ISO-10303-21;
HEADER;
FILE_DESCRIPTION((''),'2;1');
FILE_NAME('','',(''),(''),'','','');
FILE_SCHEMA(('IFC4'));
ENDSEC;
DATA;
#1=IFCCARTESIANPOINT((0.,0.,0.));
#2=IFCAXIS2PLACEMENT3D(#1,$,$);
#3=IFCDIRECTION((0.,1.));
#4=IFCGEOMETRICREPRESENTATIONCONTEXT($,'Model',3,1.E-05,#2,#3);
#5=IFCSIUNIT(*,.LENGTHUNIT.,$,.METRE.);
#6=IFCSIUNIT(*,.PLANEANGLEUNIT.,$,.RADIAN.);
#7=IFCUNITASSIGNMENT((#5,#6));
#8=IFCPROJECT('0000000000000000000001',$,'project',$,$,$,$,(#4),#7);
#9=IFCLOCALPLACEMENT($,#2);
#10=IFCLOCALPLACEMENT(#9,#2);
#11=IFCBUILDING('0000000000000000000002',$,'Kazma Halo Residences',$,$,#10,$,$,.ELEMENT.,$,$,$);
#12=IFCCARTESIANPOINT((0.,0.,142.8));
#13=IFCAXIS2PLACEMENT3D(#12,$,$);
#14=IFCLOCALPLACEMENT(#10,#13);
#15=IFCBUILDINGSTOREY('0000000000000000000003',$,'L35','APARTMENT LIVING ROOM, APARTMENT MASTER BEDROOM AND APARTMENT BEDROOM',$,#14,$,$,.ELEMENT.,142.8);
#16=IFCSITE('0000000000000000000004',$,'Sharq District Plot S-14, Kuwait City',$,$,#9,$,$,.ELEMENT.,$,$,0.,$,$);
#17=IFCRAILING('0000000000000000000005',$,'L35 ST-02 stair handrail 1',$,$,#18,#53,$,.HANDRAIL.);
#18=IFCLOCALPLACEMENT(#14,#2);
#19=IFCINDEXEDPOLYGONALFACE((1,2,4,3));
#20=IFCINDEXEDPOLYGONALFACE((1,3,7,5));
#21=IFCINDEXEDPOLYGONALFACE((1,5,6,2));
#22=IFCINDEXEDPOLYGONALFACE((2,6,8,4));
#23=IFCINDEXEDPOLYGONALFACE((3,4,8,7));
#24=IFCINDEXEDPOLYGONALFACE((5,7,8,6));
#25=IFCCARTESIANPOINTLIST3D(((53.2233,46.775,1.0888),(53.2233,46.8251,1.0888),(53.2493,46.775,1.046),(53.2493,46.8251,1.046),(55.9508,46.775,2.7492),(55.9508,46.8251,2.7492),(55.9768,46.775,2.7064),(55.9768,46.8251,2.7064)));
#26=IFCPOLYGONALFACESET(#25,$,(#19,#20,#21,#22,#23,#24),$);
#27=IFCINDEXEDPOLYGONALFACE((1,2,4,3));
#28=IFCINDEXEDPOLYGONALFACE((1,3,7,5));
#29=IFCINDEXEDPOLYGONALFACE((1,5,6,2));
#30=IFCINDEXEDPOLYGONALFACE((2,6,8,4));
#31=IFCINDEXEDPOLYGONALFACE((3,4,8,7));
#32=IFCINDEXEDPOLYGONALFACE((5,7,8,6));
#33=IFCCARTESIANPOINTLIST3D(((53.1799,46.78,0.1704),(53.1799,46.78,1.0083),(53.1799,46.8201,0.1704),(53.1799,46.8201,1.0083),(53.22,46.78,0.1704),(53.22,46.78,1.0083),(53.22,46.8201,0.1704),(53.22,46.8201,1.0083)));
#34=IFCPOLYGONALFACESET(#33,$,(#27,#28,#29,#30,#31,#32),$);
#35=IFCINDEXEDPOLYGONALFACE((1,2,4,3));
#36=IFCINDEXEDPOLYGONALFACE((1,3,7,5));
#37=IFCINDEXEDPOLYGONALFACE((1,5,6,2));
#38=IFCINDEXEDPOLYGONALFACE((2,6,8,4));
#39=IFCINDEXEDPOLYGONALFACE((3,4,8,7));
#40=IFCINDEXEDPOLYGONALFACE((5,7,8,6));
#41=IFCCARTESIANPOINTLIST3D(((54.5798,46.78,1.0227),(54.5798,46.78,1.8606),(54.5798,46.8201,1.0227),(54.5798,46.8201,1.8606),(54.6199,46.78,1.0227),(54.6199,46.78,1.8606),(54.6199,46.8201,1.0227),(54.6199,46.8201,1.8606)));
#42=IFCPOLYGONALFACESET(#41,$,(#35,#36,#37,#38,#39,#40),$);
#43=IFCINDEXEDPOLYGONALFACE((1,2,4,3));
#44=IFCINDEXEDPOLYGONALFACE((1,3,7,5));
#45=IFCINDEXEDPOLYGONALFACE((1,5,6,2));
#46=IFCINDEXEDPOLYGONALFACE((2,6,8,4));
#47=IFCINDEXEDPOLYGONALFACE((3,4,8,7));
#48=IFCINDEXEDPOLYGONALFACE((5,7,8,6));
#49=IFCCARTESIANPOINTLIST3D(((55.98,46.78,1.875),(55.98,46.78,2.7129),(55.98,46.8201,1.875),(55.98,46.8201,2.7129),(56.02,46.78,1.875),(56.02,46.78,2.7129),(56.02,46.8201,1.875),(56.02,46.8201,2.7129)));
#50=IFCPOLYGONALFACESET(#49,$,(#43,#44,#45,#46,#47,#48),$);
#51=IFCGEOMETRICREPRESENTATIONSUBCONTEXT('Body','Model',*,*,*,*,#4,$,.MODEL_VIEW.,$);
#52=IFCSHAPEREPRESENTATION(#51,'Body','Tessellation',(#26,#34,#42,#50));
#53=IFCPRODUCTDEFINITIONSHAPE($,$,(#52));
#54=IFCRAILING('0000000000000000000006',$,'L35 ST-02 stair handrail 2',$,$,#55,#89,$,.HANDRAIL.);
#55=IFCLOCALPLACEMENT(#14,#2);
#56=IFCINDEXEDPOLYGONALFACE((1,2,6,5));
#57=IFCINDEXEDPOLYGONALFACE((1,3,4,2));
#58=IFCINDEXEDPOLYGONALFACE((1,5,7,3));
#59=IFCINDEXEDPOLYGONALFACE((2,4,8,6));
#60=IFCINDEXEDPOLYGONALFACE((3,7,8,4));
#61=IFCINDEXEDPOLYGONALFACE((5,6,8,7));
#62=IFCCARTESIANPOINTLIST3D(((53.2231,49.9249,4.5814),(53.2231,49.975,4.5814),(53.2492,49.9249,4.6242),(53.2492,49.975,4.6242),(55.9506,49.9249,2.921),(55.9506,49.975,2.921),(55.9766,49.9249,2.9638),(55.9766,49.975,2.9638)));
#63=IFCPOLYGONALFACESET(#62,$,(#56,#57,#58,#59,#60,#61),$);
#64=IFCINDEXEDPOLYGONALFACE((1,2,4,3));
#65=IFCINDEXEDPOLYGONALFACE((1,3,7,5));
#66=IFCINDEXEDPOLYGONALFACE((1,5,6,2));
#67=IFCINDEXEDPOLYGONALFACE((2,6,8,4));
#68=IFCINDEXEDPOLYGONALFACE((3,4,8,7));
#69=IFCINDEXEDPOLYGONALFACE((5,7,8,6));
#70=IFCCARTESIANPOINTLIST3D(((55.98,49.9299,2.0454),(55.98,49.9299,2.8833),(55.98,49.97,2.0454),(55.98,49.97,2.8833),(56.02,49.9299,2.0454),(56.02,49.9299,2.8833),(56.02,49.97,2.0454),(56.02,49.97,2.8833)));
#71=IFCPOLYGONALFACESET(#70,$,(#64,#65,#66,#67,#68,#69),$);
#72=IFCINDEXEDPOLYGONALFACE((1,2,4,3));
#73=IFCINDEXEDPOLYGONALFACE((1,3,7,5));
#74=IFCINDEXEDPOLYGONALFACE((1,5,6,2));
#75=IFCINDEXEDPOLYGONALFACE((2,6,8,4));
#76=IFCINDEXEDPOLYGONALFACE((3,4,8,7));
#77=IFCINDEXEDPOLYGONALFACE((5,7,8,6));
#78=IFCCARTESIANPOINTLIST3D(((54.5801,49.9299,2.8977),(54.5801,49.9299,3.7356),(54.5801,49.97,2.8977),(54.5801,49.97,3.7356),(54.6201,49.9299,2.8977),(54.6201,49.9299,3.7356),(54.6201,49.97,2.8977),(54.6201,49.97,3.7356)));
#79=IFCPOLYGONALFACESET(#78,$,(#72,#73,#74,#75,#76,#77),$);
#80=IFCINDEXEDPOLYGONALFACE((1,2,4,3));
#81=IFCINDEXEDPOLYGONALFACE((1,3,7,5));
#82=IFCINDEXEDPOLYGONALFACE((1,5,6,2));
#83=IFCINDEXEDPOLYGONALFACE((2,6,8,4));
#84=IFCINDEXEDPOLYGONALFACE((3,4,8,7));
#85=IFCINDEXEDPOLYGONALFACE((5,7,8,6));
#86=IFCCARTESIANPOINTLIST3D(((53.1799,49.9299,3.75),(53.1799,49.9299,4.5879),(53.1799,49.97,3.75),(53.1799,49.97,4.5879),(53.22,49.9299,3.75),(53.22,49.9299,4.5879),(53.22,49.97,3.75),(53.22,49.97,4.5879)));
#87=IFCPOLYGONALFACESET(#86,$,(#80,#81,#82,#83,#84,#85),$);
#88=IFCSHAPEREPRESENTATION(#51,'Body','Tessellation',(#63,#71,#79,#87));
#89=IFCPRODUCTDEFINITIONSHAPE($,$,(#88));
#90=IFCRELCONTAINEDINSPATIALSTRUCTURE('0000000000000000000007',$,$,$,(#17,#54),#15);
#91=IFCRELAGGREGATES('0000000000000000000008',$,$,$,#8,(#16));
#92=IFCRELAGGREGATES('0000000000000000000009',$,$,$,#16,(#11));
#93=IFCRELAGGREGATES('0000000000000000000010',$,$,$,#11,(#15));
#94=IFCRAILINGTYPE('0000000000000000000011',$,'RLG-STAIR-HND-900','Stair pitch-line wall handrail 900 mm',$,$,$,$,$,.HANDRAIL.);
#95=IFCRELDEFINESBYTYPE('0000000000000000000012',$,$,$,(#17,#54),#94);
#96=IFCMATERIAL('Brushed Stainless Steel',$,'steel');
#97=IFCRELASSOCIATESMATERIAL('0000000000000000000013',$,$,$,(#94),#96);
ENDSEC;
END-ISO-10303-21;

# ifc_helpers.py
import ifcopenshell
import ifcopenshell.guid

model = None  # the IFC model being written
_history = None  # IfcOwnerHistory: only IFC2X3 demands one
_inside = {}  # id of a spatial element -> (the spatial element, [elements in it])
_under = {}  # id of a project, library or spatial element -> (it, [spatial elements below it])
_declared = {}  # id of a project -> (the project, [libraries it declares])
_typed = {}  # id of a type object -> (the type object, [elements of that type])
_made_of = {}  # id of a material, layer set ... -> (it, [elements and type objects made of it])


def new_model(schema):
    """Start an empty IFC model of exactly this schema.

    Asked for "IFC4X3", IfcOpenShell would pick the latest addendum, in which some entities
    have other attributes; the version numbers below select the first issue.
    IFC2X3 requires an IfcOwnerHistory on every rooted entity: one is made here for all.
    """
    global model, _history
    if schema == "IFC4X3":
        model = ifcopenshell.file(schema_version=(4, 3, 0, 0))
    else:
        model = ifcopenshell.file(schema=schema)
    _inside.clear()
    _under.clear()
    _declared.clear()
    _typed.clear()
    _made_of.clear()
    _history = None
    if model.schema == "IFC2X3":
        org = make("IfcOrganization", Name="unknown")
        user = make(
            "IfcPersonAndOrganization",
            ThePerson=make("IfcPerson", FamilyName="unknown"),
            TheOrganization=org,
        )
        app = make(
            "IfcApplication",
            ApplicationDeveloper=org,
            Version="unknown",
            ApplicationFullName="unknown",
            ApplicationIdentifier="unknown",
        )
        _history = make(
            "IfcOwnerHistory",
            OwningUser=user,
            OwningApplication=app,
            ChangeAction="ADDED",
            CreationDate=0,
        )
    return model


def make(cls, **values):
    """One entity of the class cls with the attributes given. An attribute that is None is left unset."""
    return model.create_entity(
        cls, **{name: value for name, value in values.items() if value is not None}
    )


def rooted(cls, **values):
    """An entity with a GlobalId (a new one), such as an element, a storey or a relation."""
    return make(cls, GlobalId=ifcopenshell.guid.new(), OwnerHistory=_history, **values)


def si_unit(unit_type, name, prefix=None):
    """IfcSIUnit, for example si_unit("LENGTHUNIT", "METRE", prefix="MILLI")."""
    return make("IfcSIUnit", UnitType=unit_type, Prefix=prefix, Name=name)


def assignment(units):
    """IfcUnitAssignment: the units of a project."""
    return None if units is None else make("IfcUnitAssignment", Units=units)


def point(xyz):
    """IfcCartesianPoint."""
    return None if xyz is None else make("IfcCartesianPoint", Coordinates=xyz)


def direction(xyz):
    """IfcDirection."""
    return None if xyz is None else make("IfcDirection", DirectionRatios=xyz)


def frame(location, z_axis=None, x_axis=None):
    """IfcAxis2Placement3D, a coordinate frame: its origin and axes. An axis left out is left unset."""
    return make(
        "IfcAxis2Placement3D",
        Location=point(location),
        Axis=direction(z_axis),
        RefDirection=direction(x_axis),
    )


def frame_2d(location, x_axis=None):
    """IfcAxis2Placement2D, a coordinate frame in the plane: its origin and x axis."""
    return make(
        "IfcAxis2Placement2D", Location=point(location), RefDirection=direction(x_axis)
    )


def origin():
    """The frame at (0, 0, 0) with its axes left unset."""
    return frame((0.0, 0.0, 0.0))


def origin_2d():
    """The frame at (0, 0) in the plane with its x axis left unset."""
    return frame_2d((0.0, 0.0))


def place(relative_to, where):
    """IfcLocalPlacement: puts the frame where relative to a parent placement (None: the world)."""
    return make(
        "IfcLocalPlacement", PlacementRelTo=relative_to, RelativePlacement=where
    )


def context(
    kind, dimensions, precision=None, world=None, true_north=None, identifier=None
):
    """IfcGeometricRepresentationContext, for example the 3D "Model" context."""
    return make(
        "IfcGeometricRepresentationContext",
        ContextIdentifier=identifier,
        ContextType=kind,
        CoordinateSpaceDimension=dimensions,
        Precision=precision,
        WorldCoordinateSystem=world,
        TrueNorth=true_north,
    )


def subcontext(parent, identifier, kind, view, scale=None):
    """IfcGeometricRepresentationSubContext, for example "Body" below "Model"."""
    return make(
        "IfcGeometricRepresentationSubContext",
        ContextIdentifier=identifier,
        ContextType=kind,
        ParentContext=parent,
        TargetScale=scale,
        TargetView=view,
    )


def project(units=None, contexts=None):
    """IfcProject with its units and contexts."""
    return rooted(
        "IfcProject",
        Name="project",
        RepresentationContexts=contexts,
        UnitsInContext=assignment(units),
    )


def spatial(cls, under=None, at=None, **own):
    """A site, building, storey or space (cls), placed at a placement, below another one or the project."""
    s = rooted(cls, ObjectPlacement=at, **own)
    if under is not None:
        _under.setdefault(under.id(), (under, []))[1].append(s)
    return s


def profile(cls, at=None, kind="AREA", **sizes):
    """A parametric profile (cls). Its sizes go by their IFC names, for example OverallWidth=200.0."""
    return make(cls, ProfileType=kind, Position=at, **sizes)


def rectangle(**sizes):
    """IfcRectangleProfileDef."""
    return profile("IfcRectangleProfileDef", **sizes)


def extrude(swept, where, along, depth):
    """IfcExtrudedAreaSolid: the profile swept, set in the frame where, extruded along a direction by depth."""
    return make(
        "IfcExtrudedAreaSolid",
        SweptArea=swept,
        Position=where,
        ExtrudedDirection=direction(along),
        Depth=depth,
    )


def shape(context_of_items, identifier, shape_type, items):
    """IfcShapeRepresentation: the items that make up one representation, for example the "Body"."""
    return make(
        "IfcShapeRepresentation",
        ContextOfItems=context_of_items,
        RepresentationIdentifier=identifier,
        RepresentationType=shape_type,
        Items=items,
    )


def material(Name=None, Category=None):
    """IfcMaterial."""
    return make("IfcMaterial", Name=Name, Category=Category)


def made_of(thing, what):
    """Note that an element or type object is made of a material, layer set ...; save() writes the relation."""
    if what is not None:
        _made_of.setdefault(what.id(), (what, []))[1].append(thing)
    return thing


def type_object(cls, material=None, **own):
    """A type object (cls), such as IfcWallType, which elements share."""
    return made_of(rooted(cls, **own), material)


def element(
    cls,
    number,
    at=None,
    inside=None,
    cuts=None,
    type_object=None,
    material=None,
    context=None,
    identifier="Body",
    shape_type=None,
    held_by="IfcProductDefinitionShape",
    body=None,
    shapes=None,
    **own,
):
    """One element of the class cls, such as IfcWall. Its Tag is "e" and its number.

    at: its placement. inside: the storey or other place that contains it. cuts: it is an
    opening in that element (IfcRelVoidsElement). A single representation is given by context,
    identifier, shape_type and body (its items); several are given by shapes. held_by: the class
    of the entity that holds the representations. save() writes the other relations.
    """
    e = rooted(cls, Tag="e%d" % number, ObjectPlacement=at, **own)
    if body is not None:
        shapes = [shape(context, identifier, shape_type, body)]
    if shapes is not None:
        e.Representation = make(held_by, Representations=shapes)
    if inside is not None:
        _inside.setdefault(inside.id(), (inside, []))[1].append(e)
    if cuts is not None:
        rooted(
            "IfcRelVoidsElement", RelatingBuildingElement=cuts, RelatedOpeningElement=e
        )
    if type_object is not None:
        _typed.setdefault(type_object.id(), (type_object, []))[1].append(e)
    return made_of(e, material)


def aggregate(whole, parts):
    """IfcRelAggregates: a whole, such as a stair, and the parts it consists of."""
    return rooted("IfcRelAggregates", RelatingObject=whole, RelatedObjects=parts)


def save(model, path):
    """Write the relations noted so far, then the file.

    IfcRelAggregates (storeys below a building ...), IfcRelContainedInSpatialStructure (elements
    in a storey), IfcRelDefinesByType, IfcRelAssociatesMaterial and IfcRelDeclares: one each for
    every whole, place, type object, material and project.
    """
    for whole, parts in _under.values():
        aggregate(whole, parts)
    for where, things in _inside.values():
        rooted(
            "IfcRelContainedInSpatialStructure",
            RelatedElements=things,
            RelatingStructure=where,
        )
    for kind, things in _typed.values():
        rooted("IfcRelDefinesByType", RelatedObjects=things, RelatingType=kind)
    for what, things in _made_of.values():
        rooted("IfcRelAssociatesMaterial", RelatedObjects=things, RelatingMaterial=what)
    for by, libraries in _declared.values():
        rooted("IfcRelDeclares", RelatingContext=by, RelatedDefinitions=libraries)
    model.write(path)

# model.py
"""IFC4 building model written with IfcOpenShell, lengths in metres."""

from ifc_helpers import new_model, si_unit, direction, frame, origin, origin_2d, place, context, subcontext, project, spatial, rectangle, extrude, material, type_object, element, save


model = new_model("IFC4")

# Units and contexts
model_context = context("Model", 3, precision=1e-05, world=origin(), true_north=direction((0.0, 1.0)))
body_context = subcontext(model_context, "Body", "Model", "MODEL_VIEW")
ifc_project = project(units=[si_unit("LENGTHUNIT", "METRE"), si_unit("PLANEANGLEUNIT", "RADIAN")], contexts=[model_context])

# Site, building, storey
site_placement = place(None, origin())
site = spatial("IfcSite", under=ifc_project, at=site_placement, Name="Sharq District Plot S-14, Kuwait City", CompositionType="ELEMENT", RefElevation=0.0)
building_placement = place(site_placement, origin())
building = spatial("IfcBuilding", under=site, at=building_placement, Name="Kazma Halo Residences", CompositionType="ELEMENT")
storey_placement = place(building_placement, frame((0.0, 0.0, 142.8)))
storey = spatial("IfcBuildingStorey", under=building, at=storey_placement, Name="L35", Description="APARTMENT LIVING ROOM, APARTMENT MASTER BEDROOM AND APARTMENT BEDROOM", CompositionType="ELEMENT", Elevation=142.8)

# Railings
ifc_material_1 = material(Name="Brushed Stainless Steel", Category="steel")
railing_type_1 = type_object("IfcRailingType", Name="RLG-STAIR-HND-900", Description="Stair pitch-line wall handrail 900 mm", PredefinedType="HANDRAIL", material=ifc_material_1)
railing_1_placement = place(storey_placement, frame((53.2, 46.8, 0.1704)))
element("IfcRailing", 1, at=railing_1_placement, inside=storey, type_object=railing_type_1, Name="L35 ST-02 stair handrail 1", PredefinedType="HANDRAIL", context=body_context, shape_type="SweptSolid", body=[
    extrude(rectangle(XDim=0.05, YDim=0.05, at=origin_2d()), frame((0.0364, 0.0, 0.897), z_axis=(0.85417, 0.0, 0.519994), x_axis=(0.0, 1.0, 0.0)), (0.0, 0.0, 1.0), 3.1931),
    extrude(rectangle(XDim=0.04, YDim=0.04, at=origin_2d()), origin(), (0.0, 0.0, 1.0), 0.8379),
    extrude(rectangle(XDim=0.04, YDim=0.04, at=origin_2d()), frame((1.3999, 0.0, 0.8523)), (0.0, 0.0, 1.0), 0.8379),
    extrude(rectangle(XDim=0.04, YDim=0.04, at=origin_2d()), frame((2.8, 0.0, 1.7046)), (0.0, 0.0, 1.0), 0.8379),
])
railing_2_placement = place(storey_placement, frame((56.0, 49.95, 2.0454)))
element("IfcRailing", 2, at=railing_2_placement, inside=storey, type_object=railing_type_1, Name="L35 ST-02 stair handrail 2", PredefinedType="HANDRAIL", context=body_context, shape_type="SweptSolid", body=[
    extrude(rectangle(XDim=0.05, YDim=0.05, at=origin_2d()), frame((-0.0364, 0.0, 0.897), z_axis=(-0.85417, 0.0, 0.519994), x_axis=(0.0, -1.0, 0.0)), (0.0, 0.0, 1.0), 3.1931),
    extrude(rectangle(XDim=0.04, YDim=0.04, at=origin_2d()), origin(), (0.0, 0.0, 1.0), 0.8379),
    extrude(rectangle(XDim=0.04, YDim=0.04, at=origin_2d()), frame((-1.3999, 0.0, 0.8523)), (0.0, 0.0, 1.0), 0.8379),
    extrude(rectangle(XDim=0.04, YDim=0.04, at=origin_2d()), frame((-2.8, 0.0, 1.7046)), (0.0, 0.0, 1.0), 0.8379),
])

save(model, "model.ifc")
